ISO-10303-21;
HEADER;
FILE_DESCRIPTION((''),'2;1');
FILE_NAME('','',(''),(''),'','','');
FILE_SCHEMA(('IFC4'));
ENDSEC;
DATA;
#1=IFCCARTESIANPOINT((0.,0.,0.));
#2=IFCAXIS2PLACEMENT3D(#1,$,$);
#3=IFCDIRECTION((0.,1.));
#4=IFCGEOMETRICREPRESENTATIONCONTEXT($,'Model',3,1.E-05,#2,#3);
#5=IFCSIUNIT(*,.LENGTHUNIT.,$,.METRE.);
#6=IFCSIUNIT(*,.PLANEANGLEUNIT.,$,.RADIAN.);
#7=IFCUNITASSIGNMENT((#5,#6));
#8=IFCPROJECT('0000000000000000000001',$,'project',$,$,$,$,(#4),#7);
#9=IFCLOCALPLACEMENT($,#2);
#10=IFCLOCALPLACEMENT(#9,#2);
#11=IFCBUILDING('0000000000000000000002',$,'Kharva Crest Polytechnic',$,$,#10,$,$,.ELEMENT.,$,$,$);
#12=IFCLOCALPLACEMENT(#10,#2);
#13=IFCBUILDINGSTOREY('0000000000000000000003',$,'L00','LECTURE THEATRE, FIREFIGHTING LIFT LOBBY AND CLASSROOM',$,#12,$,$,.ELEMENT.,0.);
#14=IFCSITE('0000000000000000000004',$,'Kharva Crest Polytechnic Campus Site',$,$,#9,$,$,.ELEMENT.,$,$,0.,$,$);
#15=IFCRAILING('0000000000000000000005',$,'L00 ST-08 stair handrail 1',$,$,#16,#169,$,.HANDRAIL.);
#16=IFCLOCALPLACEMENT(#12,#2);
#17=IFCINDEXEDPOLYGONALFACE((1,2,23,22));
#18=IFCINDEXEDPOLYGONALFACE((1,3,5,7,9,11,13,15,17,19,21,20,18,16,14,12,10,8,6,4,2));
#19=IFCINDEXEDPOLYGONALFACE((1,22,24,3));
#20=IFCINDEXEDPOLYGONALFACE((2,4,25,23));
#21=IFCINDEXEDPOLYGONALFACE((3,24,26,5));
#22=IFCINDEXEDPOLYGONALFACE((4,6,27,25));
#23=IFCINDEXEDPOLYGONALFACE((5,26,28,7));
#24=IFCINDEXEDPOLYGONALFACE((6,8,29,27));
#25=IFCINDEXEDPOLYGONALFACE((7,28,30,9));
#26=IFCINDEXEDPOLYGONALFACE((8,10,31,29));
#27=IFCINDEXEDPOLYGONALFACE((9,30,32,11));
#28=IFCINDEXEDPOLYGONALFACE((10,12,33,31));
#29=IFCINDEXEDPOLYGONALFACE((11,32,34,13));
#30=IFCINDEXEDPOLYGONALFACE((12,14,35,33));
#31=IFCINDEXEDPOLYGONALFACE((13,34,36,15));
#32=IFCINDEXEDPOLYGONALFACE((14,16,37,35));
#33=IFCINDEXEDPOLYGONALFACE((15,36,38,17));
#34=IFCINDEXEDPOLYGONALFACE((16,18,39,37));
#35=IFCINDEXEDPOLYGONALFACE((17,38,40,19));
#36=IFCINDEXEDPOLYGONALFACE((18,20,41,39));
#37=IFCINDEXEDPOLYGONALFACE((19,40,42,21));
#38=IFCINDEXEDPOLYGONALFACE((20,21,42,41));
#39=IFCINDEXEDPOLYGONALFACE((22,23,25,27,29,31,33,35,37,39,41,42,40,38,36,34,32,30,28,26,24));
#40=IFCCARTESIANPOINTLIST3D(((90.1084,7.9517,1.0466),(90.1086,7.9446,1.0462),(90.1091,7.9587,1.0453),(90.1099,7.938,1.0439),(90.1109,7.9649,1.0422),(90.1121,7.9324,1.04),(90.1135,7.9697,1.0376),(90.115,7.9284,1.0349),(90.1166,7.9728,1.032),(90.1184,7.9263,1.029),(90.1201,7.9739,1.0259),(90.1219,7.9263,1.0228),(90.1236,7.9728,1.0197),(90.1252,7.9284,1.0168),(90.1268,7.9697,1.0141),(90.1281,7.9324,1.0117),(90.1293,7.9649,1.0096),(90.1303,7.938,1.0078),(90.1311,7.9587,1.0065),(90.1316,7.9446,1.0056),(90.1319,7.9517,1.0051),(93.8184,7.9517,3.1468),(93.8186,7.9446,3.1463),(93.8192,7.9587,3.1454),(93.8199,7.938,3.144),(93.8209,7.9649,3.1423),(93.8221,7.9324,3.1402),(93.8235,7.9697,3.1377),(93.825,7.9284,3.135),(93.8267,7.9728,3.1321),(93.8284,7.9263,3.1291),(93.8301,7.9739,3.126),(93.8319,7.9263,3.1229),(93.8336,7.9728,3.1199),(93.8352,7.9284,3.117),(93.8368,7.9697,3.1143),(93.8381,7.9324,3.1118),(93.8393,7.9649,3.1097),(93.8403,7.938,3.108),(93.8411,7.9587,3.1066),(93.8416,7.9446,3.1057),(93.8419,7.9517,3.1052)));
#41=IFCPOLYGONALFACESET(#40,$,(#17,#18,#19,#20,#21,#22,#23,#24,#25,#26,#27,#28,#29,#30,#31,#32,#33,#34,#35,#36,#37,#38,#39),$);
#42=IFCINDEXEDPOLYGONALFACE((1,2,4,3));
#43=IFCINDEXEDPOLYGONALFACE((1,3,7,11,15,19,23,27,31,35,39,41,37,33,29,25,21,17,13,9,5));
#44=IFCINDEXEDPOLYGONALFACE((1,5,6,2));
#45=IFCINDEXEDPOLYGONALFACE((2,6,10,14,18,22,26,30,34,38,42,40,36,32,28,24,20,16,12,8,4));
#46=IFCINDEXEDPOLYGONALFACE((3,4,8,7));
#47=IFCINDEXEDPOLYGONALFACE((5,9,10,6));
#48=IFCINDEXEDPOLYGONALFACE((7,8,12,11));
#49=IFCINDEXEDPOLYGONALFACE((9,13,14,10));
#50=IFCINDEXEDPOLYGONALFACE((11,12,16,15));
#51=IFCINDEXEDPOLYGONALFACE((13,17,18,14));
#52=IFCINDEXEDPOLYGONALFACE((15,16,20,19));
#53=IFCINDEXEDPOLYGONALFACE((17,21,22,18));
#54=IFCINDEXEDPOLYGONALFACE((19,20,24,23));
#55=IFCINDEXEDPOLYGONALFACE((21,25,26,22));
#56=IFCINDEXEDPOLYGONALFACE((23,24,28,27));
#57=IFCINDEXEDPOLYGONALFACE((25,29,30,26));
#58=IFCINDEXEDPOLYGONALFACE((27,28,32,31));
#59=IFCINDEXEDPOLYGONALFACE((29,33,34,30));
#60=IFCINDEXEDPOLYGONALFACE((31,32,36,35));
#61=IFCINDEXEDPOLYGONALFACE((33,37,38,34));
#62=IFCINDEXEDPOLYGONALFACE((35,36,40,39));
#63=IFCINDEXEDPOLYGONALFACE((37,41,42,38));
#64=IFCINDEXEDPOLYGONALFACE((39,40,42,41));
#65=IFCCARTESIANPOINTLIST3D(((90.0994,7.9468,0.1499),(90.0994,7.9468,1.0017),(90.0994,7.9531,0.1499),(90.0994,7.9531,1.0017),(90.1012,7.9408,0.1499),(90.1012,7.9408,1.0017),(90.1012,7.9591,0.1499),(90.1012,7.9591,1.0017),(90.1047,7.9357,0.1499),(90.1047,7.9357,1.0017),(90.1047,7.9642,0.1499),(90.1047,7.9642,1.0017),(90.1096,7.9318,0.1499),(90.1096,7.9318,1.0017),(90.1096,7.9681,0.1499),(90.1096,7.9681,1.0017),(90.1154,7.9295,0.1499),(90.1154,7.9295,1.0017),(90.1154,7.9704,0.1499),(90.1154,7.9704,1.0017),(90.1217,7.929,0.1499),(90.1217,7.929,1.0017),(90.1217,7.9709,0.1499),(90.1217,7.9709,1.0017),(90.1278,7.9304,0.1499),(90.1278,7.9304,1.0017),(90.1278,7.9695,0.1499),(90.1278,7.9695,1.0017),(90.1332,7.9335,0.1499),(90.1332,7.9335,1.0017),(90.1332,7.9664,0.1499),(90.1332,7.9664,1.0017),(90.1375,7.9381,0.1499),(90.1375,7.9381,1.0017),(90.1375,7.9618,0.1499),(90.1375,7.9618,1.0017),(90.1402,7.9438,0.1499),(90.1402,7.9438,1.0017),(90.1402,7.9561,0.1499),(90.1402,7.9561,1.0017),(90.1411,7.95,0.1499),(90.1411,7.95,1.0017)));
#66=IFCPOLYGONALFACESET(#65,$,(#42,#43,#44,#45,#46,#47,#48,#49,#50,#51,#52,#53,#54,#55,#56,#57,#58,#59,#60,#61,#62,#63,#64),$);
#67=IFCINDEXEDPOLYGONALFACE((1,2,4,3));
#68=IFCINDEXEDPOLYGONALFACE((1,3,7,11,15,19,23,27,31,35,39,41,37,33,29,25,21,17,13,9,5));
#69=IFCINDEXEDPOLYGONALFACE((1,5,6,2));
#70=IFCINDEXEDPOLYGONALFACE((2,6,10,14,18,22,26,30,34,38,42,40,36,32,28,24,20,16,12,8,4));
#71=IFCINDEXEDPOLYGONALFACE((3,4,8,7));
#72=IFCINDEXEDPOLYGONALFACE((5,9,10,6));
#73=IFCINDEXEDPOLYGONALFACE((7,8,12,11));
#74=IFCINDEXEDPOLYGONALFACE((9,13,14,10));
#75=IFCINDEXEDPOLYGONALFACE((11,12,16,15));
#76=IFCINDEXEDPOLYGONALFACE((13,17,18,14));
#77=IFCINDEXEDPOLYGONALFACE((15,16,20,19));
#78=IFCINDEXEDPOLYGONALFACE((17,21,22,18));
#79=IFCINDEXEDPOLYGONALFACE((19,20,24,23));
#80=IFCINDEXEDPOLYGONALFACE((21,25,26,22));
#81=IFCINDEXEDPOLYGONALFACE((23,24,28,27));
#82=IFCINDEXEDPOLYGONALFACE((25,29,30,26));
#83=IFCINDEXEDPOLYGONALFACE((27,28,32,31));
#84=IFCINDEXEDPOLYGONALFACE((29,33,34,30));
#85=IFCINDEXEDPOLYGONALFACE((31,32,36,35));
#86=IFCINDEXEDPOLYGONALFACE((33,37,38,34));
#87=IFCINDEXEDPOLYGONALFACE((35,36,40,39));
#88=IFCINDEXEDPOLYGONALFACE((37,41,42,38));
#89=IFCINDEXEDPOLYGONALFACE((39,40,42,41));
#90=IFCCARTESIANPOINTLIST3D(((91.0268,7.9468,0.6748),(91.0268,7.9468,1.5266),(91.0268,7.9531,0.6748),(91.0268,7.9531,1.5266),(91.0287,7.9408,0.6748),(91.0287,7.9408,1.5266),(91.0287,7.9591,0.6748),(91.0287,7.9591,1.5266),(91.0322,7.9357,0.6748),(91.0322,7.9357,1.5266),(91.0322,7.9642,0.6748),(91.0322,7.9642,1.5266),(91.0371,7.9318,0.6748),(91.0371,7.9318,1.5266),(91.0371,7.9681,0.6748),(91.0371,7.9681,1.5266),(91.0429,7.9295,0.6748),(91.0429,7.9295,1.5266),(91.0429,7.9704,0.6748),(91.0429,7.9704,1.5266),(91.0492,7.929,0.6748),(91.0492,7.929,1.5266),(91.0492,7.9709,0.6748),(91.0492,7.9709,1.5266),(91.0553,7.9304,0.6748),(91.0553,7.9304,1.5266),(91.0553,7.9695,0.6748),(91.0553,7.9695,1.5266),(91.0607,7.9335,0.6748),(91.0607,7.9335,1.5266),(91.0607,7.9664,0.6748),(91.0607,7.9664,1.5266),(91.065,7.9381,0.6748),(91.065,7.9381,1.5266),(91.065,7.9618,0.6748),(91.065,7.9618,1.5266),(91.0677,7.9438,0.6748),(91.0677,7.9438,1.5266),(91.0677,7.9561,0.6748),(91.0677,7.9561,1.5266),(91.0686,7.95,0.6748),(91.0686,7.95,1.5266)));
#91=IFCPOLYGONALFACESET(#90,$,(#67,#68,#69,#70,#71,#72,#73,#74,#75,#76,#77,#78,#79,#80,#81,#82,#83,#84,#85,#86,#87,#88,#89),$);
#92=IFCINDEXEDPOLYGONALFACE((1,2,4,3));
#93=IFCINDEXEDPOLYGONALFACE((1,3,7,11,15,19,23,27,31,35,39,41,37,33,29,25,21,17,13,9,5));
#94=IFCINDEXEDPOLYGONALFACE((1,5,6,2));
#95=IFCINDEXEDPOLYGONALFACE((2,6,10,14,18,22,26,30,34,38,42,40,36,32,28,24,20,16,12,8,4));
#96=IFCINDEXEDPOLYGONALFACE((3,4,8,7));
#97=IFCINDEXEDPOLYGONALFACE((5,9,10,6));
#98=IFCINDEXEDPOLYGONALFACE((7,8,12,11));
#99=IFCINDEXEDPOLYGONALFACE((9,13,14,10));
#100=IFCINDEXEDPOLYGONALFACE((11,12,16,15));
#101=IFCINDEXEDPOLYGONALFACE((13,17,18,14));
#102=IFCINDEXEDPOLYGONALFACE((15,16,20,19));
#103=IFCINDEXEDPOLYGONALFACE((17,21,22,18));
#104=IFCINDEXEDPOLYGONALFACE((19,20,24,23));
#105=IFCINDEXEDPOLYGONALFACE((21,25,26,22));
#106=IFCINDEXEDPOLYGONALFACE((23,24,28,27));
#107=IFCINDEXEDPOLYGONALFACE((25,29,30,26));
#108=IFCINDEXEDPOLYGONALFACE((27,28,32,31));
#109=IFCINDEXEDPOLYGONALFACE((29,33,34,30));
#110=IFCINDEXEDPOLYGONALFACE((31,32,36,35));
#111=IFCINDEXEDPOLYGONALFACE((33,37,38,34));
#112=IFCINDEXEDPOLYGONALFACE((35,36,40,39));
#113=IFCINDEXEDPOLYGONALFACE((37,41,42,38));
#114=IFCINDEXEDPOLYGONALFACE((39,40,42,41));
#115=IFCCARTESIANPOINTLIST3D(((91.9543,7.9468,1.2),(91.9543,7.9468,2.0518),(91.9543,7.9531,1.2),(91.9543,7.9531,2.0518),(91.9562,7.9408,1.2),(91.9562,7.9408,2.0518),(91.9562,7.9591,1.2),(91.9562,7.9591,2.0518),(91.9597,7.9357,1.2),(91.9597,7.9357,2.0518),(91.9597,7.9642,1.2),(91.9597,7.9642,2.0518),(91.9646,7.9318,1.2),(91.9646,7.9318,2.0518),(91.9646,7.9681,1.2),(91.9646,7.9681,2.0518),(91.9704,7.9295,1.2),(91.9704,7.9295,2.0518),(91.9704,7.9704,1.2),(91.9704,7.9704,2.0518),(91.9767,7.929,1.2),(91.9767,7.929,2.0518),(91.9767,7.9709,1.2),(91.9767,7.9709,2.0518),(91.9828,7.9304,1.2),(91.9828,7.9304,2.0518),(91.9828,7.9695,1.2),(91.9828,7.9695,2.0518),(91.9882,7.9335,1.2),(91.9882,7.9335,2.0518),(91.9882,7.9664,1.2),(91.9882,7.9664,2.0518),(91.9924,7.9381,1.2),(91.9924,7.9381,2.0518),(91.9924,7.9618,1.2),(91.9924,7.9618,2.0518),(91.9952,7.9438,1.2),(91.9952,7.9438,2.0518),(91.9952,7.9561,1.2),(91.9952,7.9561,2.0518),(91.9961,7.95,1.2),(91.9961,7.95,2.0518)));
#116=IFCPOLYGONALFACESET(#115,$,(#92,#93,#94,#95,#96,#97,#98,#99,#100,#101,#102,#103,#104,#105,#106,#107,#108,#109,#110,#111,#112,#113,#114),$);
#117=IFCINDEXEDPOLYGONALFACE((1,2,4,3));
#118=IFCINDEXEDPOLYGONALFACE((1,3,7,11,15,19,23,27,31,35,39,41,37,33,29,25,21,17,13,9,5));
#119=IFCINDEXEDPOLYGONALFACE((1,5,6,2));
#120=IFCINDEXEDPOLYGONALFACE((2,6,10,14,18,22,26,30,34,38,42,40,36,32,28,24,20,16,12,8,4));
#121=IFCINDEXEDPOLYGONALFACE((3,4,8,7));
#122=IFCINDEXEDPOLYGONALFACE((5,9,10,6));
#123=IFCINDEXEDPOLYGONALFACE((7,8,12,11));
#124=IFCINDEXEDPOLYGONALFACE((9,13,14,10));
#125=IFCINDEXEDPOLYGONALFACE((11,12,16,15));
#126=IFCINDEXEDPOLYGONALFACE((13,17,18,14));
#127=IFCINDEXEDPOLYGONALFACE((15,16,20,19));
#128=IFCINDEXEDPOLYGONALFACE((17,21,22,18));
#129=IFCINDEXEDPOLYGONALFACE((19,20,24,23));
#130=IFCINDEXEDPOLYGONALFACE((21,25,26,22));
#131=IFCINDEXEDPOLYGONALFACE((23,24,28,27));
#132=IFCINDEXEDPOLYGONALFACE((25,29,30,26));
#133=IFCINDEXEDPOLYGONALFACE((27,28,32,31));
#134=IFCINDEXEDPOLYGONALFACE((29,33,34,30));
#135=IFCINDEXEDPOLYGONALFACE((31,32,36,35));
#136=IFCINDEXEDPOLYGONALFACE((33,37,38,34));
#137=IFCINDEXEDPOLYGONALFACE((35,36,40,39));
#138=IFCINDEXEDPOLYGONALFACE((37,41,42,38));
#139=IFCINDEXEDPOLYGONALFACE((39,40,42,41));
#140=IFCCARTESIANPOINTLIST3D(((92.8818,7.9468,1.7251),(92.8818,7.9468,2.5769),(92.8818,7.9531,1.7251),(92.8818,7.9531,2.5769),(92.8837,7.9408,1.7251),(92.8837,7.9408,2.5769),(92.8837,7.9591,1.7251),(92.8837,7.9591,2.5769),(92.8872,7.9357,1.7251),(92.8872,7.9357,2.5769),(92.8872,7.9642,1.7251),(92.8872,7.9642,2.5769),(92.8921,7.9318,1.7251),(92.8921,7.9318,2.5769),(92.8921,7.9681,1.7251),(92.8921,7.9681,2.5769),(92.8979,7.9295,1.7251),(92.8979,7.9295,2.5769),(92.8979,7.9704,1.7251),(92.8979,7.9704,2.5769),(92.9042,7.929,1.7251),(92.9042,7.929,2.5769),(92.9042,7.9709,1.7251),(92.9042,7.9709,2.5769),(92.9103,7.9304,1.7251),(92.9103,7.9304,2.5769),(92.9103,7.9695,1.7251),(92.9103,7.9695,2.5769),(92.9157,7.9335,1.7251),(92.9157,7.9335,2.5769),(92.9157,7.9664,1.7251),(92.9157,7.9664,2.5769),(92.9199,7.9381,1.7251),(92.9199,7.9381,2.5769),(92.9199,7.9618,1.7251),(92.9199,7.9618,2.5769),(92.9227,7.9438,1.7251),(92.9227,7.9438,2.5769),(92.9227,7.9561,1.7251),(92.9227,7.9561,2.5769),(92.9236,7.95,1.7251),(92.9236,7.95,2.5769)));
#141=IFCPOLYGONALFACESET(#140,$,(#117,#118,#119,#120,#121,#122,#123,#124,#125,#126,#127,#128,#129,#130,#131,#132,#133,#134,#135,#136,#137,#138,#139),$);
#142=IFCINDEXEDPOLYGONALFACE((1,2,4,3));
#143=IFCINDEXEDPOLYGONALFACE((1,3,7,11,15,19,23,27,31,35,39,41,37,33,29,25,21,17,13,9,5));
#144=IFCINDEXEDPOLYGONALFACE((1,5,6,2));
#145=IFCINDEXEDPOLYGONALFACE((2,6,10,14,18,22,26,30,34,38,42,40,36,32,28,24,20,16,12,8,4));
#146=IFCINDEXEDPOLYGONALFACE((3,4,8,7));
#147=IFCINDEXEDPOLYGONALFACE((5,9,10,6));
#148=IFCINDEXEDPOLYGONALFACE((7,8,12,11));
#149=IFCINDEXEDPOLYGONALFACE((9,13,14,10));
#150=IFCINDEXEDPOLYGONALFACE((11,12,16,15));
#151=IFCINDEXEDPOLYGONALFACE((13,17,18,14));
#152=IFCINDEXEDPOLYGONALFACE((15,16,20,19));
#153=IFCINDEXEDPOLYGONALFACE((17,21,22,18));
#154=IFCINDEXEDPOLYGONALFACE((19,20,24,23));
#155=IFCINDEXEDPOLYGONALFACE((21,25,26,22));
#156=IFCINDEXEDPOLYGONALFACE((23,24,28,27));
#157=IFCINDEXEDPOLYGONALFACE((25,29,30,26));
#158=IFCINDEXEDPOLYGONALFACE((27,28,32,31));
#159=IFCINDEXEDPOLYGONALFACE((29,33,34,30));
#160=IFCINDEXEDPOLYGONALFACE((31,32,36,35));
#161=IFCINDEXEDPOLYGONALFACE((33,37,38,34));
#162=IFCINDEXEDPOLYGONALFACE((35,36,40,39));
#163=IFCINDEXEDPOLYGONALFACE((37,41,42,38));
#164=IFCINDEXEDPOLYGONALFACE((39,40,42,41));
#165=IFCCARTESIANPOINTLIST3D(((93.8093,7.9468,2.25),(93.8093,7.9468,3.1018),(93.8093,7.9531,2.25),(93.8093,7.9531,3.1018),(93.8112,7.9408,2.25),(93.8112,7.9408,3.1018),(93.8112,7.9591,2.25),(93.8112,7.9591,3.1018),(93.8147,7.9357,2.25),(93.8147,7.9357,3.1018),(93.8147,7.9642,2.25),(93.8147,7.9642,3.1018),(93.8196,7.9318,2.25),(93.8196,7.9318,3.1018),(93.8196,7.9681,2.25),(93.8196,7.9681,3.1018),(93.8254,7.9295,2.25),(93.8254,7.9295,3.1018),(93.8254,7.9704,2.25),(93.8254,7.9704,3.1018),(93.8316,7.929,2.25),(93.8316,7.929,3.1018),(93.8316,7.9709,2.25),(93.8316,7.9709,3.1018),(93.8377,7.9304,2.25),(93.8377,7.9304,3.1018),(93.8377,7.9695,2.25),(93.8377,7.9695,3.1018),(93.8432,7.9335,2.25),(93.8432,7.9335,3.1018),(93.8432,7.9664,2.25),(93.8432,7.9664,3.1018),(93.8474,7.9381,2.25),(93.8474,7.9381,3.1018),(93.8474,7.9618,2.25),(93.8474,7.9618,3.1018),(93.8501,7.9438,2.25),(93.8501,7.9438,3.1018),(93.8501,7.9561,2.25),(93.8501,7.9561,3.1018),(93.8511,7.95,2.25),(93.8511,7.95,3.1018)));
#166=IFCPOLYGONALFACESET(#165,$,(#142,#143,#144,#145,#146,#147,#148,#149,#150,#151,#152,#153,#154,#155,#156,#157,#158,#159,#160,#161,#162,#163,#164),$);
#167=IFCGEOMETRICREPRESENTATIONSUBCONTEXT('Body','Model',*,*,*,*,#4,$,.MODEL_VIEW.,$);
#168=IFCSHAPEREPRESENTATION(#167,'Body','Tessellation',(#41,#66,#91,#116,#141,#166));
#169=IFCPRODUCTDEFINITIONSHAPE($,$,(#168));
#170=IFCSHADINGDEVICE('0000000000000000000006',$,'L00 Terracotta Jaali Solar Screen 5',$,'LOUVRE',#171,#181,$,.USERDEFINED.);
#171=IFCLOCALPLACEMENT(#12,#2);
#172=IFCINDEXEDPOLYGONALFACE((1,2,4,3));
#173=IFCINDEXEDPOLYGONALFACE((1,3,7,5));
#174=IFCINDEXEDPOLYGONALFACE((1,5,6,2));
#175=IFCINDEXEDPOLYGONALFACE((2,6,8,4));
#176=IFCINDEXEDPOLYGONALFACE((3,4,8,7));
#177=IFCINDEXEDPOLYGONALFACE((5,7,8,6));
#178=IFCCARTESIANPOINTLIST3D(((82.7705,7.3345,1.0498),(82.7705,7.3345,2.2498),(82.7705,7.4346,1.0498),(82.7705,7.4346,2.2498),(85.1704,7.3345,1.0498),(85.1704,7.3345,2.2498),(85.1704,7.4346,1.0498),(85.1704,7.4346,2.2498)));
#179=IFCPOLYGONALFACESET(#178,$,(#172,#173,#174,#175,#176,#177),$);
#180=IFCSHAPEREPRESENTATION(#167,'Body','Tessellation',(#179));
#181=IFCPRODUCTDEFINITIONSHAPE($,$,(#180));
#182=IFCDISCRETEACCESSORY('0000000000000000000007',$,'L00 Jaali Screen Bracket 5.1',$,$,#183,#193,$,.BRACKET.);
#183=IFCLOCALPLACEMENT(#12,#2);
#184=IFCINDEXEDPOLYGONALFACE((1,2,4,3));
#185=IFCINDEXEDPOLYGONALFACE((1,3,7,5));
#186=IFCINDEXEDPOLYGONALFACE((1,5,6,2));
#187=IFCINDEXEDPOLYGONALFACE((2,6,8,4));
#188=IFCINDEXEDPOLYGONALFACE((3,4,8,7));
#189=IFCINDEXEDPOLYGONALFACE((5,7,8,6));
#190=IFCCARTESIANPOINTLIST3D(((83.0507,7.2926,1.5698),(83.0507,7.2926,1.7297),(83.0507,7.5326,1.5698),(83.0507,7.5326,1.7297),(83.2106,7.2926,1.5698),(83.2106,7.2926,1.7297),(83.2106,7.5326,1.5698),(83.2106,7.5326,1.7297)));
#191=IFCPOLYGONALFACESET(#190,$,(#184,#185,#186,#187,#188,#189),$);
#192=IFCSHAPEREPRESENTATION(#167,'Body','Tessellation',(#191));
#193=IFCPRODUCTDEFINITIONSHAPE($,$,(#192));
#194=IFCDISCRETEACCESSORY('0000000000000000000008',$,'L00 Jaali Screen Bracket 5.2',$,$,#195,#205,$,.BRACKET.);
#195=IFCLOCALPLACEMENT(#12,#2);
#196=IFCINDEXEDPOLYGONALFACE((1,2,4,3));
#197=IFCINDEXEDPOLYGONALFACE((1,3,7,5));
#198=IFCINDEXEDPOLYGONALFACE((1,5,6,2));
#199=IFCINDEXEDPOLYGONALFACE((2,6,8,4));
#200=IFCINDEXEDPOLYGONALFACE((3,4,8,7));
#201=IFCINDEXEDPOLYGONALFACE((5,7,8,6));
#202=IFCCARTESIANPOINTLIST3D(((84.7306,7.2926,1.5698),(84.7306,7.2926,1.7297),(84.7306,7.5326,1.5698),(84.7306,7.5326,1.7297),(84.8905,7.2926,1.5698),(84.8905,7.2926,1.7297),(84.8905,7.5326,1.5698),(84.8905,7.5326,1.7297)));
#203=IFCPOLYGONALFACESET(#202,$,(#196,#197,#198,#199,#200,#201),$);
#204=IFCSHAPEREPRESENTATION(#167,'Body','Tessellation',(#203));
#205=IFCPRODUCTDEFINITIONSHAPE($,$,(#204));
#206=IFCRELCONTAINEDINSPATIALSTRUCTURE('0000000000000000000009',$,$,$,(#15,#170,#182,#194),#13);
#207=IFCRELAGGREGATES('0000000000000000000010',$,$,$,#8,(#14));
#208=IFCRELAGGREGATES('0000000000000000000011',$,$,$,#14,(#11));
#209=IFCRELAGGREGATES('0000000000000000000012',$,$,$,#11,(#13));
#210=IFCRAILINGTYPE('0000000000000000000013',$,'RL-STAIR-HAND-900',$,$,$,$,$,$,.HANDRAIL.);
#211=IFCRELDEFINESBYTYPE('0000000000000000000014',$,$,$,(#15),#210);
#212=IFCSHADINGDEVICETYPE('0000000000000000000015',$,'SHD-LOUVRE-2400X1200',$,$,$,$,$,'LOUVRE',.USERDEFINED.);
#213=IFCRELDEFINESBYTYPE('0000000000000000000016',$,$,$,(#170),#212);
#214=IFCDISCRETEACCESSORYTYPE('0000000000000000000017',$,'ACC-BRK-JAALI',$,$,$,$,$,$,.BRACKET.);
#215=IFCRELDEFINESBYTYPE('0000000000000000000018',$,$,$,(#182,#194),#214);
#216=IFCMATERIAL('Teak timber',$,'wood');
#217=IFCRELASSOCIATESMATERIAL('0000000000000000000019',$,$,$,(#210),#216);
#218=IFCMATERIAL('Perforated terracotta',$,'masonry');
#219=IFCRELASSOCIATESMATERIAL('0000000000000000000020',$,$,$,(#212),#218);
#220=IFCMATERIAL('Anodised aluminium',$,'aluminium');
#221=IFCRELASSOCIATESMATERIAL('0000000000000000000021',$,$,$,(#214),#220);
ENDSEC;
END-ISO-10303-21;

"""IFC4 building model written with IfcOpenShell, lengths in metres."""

from ifc_helpers import new_model, si_unit, direction, frame, origin, origin_2d, place, context, subcontext, project, spatial, rectangle, circle, extrude, material, type_object, element, save


model = new_model("IFC4")

# Units and contexts
model_context = context("Model", 3, precision=1e-05, world=origin(), true_north=direction((0.0, 1.0)))
body_context = subcontext(model_context, "Body", "Model", "MODEL_VIEW")
ifc_project = project(units=[si_unit("LENGTHUNIT", "METRE"), si_unit("PLANEANGLEUNIT", "RADIAN")], contexts=[model_context])

# Site, building, storey
site_placement = place(None, origin())
site = spatial("IfcSite", under=ifc_project, at=site_placement, Name="Kharva Crest Polytechnic Campus Site", CompositionType="ELEMENT", RefElevation=0.0)
building_placement = place(site_placement, origin())
building = spatial("IfcBuilding", under=site, at=building_placement, Name="Kharva Crest Polytechnic", CompositionType="ELEMENT")
storey_placement = place(building_placement, origin())
storey = spatial("IfcBuildingStorey", under=building, at=storey_placement, Name="L00", Description="LECTURE THEATRE, FIREFIGHTING LIFT LOBBY AND CLASSROOM", CompositionType="ELEMENT", Elevation=0.0)

# Shared definitions
ifc_material_1 = material(Name="Anodised aluminium", Category="aluminium")

# Railing
ifc_material_2 = material(Name="Teak timber", Category="wood")
railing_type_1 = type_object("IfcRailingType", Name="RL-STAIR-HAND-900", PredefinedType="HANDRAIL", material=ifc_material_2)
railing_1_placement = place(storey_placement, frame((90.1201, 7.95, 0.1499)))
element("IfcRailing", 1, at=railing_1_placement, inside=storey, type_object=railing_type_1, Name="L00 ST-08 stair handrail 1", PredefinedType="HANDRAIL", context=body_context, shape_type="SweptSolid", body=[
    extrude(circle(Radius=0.0239, at=origin_2d()), frame((0.0, 0.0, 0.876), z_axis=(0.870245, 0.0, 0.492619), x_axis=(0.0, 1.0, 0.0)), (0.0, 0.0, 1.0), 4.2632),
    extrude(circle(Radius=0.021, at=origin_2d()), origin(), (0.0, 0.0, 1.0), 0.8518),
    extrude(circle(Radius=0.021, at=origin_2d()), frame((0.9275, 0.0, 0.5249)), (0.0, 0.0, 1.0), 0.8518),
    extrude(circle(Radius=0.021, at=origin_2d()), frame((1.855, 0.0, 1.05)), (0.0, 0.0, 1.0), 0.8518),
    extrude(circle(Radius=0.021, at=origin_2d()), frame((2.7825, 0.0, 1.5752)), (0.0, 0.0, 1.0), 0.8518),
    extrude(circle(Radius=0.021, at=origin_2d()), frame((3.71, 0.0, 2.1001)), (0.0, 0.0, 1.0), 0.8518),
])

# Shading device
ifc_material_3 = material(Name="Perforated terracotta", Category="masonry")
shading_device_type = type_object("IfcShadingDeviceType", Name="SHD-LOUVRE-2400X1200", ElementType="LOUVRE", PredefinedType="USERDEFINED", material=ifc_material_3)
shading_device_placement = place(storey_placement, frame((83.9705, 7.3845, 1.0498), z_axis=(0.0, 0.0, 1.0), x_axis=(1.0, 0.0, 0.0)))
element("IfcShadingDevice", 2, at=shading_device_placement, inside=storey, type_object=shading_device_type, Name="L00 Terracotta Jaali Solar Screen 5", ObjectType="LOUVRE", PredefinedType="USERDEFINED", context=body_context, shape_type="SweptSolid", body=[
    extrude(rectangle(XDim=2.3999, YDim=0.1001, at=origin_2d()), origin(), (0.0, 0.0, 1.0), 1.2),
])

# Discrete accessories
discrete_accessory_type = type_object("IfcDiscreteAccessoryType", Name="ACC-BRK-JAALI", PredefinedType="BRACKET", material=ifc_material_1)
for number, where, z_axis, x_axis, name in (
    (3, (83.1306, 7.4126, 1.5698), (0.0, 0.0, 1.0), (1.0, 0.0, 0.0), "L00 Jaali Screen Bracket 5.1"),
    (4, (84.8105, 7.4126, 1.5698), (0.0, 0.0, 1.0), (1.0, 0.0, 0.0), "L00 Jaali Screen Bracket 5.2"),
):
    element("IfcDiscreteAccessory", number, at=place(storey_placement, frame(where, z_axis=z_axis, x_axis=x_axis)), inside=storey, type_object=discrete_accessory_type, Name=name, PredefinedType="BRACKET", context=body_context, shape_type="SweptSolid", body=[
        extrude(rectangle(XDim=0.1599, YDim=0.24, at=origin_2d()), origin(), (0.0, 0.0, 1.0), 0.1599),
    ])

save(model, "model.ifc")
